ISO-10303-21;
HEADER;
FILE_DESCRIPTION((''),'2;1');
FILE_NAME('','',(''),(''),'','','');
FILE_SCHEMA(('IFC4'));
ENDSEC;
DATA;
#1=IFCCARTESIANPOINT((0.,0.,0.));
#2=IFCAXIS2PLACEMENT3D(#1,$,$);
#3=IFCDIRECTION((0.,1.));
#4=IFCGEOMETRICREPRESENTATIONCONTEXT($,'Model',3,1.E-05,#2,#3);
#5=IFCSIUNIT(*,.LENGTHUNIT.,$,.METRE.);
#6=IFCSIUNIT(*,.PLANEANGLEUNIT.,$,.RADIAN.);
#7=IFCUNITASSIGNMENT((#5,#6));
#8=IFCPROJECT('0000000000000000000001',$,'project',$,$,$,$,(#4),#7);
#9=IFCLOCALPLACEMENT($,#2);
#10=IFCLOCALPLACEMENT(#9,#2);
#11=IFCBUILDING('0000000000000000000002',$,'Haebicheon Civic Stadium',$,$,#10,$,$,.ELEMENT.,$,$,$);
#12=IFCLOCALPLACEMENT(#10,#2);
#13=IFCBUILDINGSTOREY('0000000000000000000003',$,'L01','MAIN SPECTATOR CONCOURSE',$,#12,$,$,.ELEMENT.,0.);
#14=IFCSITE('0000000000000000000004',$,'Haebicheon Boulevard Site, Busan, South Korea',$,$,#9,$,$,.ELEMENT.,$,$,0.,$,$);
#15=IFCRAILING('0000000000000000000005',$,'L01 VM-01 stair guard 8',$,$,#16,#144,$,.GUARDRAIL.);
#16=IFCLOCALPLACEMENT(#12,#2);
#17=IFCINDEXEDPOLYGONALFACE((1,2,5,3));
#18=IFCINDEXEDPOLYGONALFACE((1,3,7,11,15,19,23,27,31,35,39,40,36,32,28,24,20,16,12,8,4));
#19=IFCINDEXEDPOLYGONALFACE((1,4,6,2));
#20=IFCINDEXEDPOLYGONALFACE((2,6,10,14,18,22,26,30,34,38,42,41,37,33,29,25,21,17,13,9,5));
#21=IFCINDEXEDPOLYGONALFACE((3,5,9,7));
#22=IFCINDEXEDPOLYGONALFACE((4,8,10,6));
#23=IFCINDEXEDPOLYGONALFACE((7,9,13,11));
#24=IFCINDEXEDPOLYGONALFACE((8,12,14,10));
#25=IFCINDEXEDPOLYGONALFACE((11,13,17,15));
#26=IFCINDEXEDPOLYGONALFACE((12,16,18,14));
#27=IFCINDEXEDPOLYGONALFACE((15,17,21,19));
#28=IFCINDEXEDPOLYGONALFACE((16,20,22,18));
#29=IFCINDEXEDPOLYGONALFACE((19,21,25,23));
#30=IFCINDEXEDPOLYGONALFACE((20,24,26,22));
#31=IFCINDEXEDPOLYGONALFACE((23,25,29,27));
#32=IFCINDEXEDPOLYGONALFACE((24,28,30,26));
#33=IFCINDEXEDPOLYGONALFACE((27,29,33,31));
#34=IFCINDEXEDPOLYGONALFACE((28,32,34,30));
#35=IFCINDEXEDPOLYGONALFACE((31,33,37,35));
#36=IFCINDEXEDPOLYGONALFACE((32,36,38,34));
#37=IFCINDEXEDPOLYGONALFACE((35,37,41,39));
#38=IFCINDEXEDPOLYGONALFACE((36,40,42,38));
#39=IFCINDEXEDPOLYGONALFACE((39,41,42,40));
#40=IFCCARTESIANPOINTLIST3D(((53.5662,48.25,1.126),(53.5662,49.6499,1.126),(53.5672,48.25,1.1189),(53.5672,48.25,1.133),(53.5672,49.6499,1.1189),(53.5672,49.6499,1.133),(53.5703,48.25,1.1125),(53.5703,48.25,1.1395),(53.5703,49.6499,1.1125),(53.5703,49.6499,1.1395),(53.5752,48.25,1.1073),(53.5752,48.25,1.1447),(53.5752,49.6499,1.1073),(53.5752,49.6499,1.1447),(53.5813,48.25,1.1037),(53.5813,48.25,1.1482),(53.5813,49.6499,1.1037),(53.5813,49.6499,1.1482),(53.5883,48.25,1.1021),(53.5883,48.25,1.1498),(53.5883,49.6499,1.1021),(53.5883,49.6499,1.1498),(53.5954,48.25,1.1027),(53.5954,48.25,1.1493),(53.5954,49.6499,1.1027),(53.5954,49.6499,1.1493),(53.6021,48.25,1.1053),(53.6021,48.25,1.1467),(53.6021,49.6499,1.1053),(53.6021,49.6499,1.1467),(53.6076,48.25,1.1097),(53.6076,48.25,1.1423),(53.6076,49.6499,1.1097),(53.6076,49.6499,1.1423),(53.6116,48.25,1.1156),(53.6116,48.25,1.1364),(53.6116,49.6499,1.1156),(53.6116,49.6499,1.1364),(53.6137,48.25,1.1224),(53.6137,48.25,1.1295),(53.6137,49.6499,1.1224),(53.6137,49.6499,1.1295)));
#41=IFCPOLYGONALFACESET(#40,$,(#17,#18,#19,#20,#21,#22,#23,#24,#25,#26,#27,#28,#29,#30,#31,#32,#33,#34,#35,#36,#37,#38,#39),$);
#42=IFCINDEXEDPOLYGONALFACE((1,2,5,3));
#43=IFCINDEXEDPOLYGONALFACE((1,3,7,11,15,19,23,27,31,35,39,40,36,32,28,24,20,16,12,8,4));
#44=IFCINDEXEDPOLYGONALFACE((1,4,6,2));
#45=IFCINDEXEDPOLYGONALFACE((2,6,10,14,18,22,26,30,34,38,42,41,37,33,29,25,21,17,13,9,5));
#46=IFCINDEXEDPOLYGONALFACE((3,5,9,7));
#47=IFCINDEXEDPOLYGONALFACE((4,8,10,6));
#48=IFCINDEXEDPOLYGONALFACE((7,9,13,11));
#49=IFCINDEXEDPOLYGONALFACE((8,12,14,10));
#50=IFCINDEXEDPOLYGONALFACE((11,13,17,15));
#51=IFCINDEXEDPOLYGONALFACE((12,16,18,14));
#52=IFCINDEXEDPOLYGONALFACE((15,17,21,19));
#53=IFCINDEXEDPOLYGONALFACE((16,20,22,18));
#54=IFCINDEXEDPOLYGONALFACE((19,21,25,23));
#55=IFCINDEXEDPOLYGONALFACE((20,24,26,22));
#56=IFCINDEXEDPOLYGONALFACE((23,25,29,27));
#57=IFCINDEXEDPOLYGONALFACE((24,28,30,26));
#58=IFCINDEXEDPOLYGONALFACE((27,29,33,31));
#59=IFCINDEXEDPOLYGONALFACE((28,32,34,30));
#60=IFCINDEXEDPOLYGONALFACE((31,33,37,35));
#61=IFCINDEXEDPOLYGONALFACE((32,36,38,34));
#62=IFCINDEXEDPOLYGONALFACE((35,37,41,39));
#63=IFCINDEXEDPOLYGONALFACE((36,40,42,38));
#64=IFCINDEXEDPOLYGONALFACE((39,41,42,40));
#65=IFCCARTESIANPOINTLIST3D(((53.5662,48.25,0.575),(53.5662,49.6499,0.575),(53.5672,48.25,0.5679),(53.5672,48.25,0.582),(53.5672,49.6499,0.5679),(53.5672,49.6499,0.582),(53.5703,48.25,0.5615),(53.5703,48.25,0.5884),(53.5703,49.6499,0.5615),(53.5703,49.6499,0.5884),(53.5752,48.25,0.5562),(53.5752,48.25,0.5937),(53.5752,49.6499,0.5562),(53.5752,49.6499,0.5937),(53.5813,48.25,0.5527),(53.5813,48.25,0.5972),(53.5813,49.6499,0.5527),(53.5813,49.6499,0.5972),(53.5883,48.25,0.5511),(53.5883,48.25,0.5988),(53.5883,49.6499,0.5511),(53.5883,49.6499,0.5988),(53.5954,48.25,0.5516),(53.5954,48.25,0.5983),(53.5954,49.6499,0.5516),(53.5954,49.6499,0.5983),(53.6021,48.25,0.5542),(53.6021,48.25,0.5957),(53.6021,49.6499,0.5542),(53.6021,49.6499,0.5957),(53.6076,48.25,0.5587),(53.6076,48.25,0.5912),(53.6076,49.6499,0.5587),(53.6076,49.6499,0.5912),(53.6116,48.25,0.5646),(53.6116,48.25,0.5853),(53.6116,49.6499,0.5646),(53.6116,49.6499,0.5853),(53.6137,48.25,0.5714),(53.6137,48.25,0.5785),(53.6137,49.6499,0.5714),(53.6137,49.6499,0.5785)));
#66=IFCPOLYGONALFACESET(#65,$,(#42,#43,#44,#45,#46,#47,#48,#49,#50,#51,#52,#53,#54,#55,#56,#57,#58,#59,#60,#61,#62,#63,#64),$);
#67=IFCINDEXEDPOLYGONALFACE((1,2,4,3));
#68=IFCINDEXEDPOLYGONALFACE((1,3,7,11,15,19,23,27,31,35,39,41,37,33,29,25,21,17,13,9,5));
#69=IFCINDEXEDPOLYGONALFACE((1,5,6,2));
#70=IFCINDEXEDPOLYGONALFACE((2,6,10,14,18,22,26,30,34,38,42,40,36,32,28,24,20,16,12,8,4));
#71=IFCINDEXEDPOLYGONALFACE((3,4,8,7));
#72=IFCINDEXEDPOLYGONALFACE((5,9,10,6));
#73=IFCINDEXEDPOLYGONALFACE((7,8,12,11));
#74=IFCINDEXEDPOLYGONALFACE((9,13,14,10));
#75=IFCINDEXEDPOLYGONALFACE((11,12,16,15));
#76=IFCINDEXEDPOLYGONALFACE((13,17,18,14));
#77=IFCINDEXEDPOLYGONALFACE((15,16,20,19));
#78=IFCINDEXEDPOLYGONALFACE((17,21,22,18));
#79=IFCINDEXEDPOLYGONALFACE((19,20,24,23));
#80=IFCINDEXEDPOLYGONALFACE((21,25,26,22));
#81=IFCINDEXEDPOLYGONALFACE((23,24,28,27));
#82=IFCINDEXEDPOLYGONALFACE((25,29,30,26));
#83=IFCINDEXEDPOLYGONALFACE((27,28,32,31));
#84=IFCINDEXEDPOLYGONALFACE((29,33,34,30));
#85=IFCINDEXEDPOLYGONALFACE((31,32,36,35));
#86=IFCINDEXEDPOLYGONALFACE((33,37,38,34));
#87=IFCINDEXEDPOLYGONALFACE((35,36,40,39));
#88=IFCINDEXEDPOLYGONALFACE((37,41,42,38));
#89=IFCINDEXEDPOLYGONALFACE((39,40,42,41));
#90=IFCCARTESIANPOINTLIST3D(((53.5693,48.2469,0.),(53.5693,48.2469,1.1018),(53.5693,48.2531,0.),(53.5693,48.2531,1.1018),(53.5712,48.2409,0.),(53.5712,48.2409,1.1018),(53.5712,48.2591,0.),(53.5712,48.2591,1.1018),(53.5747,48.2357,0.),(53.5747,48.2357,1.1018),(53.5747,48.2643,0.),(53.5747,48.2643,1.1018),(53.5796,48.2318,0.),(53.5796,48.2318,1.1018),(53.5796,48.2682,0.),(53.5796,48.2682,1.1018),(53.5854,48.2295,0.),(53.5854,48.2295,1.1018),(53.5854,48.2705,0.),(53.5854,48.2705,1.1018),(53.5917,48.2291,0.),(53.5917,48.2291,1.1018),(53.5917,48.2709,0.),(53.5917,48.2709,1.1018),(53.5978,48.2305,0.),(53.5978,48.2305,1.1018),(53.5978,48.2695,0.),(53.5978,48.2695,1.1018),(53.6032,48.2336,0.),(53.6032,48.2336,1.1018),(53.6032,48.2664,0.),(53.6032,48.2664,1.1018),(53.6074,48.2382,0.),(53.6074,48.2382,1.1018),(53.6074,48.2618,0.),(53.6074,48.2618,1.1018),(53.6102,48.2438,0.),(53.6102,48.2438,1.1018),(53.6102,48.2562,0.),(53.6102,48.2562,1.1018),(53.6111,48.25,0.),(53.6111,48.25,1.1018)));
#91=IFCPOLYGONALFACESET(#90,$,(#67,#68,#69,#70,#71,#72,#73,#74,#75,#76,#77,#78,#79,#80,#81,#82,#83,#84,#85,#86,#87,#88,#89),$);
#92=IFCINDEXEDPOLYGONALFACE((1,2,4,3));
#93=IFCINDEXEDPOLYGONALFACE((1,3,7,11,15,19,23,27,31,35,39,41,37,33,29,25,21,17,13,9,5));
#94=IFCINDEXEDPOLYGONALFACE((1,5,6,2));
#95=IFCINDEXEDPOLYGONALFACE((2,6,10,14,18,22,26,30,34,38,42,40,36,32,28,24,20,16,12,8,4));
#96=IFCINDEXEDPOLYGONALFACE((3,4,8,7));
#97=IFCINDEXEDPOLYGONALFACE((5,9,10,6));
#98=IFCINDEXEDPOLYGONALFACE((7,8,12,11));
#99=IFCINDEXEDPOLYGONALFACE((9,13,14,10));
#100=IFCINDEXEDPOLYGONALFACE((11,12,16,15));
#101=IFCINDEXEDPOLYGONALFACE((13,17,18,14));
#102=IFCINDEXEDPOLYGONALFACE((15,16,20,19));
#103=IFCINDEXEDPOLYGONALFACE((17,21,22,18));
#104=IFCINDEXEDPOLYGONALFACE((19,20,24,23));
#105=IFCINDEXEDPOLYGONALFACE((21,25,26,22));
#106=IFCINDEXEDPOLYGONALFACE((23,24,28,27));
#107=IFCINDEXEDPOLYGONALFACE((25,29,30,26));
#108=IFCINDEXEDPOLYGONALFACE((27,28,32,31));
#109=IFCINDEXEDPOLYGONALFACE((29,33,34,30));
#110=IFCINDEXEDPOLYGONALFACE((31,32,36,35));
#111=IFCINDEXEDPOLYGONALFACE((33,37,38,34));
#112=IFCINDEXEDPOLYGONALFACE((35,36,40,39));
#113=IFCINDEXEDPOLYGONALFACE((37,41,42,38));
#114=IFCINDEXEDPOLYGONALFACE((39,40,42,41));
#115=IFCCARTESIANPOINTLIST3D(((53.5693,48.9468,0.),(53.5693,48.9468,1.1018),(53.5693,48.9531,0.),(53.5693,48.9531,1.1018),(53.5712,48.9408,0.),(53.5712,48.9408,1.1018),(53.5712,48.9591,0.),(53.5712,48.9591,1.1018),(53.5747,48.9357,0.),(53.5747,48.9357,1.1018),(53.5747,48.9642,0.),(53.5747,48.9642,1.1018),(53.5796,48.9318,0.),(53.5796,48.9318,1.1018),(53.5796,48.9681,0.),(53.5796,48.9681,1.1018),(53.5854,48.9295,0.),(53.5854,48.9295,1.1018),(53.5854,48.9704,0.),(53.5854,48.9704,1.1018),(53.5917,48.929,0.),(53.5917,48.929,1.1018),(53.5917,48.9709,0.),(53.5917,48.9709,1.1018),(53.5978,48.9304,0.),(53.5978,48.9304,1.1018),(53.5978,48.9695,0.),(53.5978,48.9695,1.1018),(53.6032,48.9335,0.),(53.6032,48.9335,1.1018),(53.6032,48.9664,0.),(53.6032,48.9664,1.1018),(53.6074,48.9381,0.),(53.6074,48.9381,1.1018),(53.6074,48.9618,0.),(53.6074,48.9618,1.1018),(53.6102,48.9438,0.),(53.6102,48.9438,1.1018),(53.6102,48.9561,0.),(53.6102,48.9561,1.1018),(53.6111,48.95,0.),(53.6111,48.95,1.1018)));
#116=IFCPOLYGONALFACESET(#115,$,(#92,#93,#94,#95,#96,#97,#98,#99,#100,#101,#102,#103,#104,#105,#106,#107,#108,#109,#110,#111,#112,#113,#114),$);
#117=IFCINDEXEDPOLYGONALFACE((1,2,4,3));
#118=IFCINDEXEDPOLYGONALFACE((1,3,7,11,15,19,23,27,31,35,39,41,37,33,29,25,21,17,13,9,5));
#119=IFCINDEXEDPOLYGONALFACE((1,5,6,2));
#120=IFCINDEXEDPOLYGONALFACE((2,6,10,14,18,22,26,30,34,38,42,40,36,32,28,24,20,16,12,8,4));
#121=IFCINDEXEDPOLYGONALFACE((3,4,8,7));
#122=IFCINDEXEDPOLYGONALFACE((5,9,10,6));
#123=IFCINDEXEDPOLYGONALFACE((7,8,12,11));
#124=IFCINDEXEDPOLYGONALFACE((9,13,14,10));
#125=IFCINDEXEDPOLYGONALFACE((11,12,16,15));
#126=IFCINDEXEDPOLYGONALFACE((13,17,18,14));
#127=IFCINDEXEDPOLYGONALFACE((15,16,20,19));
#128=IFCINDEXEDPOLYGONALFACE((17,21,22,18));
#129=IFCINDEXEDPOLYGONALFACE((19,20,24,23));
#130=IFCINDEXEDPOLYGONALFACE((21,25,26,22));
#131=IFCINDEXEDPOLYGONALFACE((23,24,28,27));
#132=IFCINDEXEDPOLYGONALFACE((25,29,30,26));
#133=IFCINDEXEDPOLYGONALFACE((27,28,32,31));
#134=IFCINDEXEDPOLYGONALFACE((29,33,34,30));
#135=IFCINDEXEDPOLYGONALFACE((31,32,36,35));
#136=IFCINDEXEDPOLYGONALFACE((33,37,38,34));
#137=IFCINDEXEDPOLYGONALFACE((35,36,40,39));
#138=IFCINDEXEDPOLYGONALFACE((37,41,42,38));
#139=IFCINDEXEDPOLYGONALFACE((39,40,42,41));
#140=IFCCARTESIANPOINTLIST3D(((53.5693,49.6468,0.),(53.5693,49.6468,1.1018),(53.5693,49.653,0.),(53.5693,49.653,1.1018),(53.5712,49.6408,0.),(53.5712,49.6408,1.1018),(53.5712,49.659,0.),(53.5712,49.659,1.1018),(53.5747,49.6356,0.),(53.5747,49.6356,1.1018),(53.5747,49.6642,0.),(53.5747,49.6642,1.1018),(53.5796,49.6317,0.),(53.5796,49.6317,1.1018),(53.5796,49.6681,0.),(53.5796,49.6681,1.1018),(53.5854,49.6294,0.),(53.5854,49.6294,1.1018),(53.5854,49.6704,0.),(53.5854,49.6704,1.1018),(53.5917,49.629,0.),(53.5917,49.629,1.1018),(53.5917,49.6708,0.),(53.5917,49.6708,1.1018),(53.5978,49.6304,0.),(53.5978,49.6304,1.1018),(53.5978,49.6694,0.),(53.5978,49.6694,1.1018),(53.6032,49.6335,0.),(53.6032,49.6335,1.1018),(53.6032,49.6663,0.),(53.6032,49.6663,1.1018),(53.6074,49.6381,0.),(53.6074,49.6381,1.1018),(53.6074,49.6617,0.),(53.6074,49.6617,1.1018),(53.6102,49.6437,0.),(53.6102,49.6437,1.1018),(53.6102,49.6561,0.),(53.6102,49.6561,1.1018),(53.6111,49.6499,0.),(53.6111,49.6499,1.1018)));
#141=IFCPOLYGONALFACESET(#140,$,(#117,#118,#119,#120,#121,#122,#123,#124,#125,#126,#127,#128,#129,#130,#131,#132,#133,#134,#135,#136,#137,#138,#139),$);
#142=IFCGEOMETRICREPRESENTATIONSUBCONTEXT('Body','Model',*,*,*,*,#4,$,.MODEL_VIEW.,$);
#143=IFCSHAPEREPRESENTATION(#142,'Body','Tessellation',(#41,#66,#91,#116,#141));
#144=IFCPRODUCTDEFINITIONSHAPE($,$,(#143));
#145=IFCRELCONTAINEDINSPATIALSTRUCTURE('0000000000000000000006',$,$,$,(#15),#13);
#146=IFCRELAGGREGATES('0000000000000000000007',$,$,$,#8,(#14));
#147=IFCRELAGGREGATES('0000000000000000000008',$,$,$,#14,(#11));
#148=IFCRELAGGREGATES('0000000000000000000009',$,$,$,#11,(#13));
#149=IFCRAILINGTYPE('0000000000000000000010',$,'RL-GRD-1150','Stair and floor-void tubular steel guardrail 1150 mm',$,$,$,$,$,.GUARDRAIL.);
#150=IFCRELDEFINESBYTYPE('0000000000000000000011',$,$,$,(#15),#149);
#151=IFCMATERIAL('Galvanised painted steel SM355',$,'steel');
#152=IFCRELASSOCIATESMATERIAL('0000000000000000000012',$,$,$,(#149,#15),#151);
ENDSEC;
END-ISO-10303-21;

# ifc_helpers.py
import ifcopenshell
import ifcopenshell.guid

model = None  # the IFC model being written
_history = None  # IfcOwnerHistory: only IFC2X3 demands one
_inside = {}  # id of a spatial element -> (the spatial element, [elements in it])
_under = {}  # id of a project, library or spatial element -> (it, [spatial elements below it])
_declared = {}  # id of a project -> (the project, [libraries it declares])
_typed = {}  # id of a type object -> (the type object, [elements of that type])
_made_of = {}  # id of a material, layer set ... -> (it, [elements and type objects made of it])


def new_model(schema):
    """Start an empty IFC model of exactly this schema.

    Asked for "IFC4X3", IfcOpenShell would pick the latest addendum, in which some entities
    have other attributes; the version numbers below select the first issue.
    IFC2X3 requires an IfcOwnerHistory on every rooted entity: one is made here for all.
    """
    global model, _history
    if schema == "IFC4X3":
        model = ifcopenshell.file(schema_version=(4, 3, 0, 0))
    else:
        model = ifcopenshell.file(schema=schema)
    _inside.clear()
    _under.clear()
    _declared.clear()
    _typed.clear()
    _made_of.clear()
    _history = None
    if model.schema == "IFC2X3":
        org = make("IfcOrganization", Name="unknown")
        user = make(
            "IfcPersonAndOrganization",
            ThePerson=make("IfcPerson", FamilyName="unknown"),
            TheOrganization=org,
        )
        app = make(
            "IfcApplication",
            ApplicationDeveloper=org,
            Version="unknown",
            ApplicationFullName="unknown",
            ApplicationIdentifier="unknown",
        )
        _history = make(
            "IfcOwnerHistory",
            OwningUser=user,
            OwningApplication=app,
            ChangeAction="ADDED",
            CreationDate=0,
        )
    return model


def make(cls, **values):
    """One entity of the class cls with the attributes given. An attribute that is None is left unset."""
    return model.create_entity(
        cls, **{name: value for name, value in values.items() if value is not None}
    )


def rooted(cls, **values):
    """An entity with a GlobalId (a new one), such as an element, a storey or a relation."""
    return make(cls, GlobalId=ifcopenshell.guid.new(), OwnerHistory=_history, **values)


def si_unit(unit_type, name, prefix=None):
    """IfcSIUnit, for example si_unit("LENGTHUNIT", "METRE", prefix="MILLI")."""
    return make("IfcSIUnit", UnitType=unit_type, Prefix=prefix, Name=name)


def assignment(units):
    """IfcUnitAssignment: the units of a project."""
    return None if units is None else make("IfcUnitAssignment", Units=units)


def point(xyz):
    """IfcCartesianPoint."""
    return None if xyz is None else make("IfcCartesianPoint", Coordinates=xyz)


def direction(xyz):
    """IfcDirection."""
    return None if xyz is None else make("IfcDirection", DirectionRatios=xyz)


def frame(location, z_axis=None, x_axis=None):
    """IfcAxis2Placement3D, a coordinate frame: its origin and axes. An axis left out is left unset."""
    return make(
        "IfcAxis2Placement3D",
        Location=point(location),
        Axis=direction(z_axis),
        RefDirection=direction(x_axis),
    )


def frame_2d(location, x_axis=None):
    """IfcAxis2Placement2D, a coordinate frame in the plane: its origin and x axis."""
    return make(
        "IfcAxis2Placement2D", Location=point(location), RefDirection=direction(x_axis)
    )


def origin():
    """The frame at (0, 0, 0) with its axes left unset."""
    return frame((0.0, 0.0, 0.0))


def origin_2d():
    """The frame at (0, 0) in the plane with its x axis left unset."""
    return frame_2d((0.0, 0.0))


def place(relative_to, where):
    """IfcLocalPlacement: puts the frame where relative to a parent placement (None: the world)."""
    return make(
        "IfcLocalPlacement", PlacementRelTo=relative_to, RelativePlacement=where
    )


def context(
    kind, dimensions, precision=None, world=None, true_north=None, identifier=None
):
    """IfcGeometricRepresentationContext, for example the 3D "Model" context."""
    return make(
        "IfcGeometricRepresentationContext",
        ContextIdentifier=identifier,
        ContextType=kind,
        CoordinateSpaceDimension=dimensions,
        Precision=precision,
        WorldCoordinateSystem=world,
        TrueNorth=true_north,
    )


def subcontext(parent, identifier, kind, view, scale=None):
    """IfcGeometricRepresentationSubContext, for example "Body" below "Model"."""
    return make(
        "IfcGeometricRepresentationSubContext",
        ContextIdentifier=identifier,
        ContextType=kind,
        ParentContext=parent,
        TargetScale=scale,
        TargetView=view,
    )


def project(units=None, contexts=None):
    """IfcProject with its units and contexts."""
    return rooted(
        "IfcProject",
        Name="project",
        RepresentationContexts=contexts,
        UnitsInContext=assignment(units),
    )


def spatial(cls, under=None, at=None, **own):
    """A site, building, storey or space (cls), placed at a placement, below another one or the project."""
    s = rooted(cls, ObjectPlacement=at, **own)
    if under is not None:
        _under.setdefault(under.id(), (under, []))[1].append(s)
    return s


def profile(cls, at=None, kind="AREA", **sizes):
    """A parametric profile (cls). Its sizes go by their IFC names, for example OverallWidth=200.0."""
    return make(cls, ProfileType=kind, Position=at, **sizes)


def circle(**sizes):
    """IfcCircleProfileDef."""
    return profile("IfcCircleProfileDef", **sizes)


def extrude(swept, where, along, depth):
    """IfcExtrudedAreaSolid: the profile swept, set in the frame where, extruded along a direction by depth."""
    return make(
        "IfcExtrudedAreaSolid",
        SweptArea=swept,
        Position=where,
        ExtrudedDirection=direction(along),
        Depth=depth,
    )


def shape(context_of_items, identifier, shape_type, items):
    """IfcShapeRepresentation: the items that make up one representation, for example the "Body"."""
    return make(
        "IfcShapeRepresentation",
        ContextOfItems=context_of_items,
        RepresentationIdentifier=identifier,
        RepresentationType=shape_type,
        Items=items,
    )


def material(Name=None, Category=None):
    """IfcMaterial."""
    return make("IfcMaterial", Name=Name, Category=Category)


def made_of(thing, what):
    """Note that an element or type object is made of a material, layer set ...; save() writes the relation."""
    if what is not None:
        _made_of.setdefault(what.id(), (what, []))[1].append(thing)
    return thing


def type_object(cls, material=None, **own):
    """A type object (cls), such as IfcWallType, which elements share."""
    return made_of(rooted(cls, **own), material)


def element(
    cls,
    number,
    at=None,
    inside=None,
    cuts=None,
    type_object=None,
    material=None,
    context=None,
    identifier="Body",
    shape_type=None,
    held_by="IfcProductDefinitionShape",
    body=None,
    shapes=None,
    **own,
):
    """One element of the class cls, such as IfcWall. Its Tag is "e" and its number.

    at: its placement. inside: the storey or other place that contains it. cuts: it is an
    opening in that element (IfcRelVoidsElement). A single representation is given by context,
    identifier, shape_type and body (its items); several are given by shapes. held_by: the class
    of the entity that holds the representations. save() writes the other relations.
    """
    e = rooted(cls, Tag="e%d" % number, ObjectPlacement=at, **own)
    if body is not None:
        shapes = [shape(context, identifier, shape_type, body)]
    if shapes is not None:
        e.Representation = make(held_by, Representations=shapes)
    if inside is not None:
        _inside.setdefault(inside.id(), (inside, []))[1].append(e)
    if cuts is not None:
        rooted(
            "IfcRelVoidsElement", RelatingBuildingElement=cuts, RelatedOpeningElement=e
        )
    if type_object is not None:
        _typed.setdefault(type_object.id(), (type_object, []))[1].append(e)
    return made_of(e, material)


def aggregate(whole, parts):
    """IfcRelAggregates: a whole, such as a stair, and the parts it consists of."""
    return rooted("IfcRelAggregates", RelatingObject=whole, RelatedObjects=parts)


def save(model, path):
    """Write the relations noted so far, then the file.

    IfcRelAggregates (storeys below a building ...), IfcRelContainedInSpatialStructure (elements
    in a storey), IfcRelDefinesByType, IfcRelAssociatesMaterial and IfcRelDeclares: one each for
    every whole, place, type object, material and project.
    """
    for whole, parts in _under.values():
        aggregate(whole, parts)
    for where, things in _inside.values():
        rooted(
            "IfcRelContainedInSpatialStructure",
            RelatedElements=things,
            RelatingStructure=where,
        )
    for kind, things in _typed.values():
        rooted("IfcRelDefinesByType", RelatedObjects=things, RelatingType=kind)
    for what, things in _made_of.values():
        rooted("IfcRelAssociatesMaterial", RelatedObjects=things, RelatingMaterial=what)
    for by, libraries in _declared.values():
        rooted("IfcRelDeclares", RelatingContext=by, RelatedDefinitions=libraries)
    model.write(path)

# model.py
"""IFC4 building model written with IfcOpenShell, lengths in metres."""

from ifc_helpers import new_model, si_unit, direction, frame, origin, origin_2d, place, context, subcontext, project, spatial, circle, extrude, material, type_object, element, save


model = new_model("IFC4")

# Units and contexts
model_context = context("Model", 3, precision=1e-05, world=origin(), true_north=direction((0.0, 1.0)))
body_context = subcontext(model_context, "Body", "Model", "MODEL_VIEW")
ifc_project = project(units=[si_unit("LENGTHUNIT", "METRE"), si_unit("PLANEANGLEUNIT", "RADIAN")], contexts=[model_context])

# Site, building, storey
site_placement = place(None, origin())
site = spatial("IfcSite", under=ifc_project, at=site_placement, Name="Haebicheon Boulevard Site, Busan, South Korea", CompositionType="ELEMENT", RefElevation=0.0)
building_placement = place(site_placement, origin())
building = spatial("IfcBuilding", under=site, at=building_placement, Name="Haebicheon Civic Stadium", CompositionType="ELEMENT")
storey_placement = place(building_placement, origin())
storey = spatial("IfcBuildingStorey", under=building, at=storey_placement, Name="L01", Description="MAIN SPECTATOR CONCOURSE", CompositionType="ELEMENT", Elevation=0.0)

# Railing
ifc_material_1 = material(Name="Galvanised painted steel SM355", Category="steel")
railing_type_1 = type_object("IfcRailingType", Name="RL-GRD-1150", Description="Stair and floor-void tubular steel guardrail 1150 mm", PredefinedType="GUARDRAIL", material=ifc_material_1)
railing_1_placement = place(storey_placement, frame((53.5901, 48.25, 0.0)))
element("IfcRailing", 1, at=railing_1_placement, inside=storey, type_object=railing_type_1, material=ifc_material_1, Name="L01 VM-01 stair guard 8", PredefinedType="GUARDRAIL", context=body_context, shape_type="SweptSolid", body=[
    extrude(circle(Radius=0.0239, at=origin_2d()), frame((0.0, 0.0, 1.126), z_axis=(0.0, 1.0, 0.0), x_axis=(-1.0, 0.0, 0.0)), (0.0, 0.0, 1.0), 1.3999),
    extrude(circle(Radius=0.0239, at=origin_2d()), frame((0.0, 0.0, 0.575), z_axis=(0.0, 1.0, 0.0), x_axis=(-1.0, 0.0, 0.0)), (0.0, 0.0, 1.0), 1.3999),
    extrude(circle(Radius=0.021, at=origin_2d()), origin(), (0.0, 0.0, 1.0), 1.1018),
    extrude(circle(Radius=0.021, at=origin_2d()), frame((0.0, 0.7, 0.0)), (0.0, 0.0, 1.0), 1.1018),
    extrude(circle(Radius=0.021, at=origin_2d()), frame((0.0, 1.3999, 0.0)), (0.0, 0.0, 1.0), 1.1018),
])

save(model, "model.ifc")
